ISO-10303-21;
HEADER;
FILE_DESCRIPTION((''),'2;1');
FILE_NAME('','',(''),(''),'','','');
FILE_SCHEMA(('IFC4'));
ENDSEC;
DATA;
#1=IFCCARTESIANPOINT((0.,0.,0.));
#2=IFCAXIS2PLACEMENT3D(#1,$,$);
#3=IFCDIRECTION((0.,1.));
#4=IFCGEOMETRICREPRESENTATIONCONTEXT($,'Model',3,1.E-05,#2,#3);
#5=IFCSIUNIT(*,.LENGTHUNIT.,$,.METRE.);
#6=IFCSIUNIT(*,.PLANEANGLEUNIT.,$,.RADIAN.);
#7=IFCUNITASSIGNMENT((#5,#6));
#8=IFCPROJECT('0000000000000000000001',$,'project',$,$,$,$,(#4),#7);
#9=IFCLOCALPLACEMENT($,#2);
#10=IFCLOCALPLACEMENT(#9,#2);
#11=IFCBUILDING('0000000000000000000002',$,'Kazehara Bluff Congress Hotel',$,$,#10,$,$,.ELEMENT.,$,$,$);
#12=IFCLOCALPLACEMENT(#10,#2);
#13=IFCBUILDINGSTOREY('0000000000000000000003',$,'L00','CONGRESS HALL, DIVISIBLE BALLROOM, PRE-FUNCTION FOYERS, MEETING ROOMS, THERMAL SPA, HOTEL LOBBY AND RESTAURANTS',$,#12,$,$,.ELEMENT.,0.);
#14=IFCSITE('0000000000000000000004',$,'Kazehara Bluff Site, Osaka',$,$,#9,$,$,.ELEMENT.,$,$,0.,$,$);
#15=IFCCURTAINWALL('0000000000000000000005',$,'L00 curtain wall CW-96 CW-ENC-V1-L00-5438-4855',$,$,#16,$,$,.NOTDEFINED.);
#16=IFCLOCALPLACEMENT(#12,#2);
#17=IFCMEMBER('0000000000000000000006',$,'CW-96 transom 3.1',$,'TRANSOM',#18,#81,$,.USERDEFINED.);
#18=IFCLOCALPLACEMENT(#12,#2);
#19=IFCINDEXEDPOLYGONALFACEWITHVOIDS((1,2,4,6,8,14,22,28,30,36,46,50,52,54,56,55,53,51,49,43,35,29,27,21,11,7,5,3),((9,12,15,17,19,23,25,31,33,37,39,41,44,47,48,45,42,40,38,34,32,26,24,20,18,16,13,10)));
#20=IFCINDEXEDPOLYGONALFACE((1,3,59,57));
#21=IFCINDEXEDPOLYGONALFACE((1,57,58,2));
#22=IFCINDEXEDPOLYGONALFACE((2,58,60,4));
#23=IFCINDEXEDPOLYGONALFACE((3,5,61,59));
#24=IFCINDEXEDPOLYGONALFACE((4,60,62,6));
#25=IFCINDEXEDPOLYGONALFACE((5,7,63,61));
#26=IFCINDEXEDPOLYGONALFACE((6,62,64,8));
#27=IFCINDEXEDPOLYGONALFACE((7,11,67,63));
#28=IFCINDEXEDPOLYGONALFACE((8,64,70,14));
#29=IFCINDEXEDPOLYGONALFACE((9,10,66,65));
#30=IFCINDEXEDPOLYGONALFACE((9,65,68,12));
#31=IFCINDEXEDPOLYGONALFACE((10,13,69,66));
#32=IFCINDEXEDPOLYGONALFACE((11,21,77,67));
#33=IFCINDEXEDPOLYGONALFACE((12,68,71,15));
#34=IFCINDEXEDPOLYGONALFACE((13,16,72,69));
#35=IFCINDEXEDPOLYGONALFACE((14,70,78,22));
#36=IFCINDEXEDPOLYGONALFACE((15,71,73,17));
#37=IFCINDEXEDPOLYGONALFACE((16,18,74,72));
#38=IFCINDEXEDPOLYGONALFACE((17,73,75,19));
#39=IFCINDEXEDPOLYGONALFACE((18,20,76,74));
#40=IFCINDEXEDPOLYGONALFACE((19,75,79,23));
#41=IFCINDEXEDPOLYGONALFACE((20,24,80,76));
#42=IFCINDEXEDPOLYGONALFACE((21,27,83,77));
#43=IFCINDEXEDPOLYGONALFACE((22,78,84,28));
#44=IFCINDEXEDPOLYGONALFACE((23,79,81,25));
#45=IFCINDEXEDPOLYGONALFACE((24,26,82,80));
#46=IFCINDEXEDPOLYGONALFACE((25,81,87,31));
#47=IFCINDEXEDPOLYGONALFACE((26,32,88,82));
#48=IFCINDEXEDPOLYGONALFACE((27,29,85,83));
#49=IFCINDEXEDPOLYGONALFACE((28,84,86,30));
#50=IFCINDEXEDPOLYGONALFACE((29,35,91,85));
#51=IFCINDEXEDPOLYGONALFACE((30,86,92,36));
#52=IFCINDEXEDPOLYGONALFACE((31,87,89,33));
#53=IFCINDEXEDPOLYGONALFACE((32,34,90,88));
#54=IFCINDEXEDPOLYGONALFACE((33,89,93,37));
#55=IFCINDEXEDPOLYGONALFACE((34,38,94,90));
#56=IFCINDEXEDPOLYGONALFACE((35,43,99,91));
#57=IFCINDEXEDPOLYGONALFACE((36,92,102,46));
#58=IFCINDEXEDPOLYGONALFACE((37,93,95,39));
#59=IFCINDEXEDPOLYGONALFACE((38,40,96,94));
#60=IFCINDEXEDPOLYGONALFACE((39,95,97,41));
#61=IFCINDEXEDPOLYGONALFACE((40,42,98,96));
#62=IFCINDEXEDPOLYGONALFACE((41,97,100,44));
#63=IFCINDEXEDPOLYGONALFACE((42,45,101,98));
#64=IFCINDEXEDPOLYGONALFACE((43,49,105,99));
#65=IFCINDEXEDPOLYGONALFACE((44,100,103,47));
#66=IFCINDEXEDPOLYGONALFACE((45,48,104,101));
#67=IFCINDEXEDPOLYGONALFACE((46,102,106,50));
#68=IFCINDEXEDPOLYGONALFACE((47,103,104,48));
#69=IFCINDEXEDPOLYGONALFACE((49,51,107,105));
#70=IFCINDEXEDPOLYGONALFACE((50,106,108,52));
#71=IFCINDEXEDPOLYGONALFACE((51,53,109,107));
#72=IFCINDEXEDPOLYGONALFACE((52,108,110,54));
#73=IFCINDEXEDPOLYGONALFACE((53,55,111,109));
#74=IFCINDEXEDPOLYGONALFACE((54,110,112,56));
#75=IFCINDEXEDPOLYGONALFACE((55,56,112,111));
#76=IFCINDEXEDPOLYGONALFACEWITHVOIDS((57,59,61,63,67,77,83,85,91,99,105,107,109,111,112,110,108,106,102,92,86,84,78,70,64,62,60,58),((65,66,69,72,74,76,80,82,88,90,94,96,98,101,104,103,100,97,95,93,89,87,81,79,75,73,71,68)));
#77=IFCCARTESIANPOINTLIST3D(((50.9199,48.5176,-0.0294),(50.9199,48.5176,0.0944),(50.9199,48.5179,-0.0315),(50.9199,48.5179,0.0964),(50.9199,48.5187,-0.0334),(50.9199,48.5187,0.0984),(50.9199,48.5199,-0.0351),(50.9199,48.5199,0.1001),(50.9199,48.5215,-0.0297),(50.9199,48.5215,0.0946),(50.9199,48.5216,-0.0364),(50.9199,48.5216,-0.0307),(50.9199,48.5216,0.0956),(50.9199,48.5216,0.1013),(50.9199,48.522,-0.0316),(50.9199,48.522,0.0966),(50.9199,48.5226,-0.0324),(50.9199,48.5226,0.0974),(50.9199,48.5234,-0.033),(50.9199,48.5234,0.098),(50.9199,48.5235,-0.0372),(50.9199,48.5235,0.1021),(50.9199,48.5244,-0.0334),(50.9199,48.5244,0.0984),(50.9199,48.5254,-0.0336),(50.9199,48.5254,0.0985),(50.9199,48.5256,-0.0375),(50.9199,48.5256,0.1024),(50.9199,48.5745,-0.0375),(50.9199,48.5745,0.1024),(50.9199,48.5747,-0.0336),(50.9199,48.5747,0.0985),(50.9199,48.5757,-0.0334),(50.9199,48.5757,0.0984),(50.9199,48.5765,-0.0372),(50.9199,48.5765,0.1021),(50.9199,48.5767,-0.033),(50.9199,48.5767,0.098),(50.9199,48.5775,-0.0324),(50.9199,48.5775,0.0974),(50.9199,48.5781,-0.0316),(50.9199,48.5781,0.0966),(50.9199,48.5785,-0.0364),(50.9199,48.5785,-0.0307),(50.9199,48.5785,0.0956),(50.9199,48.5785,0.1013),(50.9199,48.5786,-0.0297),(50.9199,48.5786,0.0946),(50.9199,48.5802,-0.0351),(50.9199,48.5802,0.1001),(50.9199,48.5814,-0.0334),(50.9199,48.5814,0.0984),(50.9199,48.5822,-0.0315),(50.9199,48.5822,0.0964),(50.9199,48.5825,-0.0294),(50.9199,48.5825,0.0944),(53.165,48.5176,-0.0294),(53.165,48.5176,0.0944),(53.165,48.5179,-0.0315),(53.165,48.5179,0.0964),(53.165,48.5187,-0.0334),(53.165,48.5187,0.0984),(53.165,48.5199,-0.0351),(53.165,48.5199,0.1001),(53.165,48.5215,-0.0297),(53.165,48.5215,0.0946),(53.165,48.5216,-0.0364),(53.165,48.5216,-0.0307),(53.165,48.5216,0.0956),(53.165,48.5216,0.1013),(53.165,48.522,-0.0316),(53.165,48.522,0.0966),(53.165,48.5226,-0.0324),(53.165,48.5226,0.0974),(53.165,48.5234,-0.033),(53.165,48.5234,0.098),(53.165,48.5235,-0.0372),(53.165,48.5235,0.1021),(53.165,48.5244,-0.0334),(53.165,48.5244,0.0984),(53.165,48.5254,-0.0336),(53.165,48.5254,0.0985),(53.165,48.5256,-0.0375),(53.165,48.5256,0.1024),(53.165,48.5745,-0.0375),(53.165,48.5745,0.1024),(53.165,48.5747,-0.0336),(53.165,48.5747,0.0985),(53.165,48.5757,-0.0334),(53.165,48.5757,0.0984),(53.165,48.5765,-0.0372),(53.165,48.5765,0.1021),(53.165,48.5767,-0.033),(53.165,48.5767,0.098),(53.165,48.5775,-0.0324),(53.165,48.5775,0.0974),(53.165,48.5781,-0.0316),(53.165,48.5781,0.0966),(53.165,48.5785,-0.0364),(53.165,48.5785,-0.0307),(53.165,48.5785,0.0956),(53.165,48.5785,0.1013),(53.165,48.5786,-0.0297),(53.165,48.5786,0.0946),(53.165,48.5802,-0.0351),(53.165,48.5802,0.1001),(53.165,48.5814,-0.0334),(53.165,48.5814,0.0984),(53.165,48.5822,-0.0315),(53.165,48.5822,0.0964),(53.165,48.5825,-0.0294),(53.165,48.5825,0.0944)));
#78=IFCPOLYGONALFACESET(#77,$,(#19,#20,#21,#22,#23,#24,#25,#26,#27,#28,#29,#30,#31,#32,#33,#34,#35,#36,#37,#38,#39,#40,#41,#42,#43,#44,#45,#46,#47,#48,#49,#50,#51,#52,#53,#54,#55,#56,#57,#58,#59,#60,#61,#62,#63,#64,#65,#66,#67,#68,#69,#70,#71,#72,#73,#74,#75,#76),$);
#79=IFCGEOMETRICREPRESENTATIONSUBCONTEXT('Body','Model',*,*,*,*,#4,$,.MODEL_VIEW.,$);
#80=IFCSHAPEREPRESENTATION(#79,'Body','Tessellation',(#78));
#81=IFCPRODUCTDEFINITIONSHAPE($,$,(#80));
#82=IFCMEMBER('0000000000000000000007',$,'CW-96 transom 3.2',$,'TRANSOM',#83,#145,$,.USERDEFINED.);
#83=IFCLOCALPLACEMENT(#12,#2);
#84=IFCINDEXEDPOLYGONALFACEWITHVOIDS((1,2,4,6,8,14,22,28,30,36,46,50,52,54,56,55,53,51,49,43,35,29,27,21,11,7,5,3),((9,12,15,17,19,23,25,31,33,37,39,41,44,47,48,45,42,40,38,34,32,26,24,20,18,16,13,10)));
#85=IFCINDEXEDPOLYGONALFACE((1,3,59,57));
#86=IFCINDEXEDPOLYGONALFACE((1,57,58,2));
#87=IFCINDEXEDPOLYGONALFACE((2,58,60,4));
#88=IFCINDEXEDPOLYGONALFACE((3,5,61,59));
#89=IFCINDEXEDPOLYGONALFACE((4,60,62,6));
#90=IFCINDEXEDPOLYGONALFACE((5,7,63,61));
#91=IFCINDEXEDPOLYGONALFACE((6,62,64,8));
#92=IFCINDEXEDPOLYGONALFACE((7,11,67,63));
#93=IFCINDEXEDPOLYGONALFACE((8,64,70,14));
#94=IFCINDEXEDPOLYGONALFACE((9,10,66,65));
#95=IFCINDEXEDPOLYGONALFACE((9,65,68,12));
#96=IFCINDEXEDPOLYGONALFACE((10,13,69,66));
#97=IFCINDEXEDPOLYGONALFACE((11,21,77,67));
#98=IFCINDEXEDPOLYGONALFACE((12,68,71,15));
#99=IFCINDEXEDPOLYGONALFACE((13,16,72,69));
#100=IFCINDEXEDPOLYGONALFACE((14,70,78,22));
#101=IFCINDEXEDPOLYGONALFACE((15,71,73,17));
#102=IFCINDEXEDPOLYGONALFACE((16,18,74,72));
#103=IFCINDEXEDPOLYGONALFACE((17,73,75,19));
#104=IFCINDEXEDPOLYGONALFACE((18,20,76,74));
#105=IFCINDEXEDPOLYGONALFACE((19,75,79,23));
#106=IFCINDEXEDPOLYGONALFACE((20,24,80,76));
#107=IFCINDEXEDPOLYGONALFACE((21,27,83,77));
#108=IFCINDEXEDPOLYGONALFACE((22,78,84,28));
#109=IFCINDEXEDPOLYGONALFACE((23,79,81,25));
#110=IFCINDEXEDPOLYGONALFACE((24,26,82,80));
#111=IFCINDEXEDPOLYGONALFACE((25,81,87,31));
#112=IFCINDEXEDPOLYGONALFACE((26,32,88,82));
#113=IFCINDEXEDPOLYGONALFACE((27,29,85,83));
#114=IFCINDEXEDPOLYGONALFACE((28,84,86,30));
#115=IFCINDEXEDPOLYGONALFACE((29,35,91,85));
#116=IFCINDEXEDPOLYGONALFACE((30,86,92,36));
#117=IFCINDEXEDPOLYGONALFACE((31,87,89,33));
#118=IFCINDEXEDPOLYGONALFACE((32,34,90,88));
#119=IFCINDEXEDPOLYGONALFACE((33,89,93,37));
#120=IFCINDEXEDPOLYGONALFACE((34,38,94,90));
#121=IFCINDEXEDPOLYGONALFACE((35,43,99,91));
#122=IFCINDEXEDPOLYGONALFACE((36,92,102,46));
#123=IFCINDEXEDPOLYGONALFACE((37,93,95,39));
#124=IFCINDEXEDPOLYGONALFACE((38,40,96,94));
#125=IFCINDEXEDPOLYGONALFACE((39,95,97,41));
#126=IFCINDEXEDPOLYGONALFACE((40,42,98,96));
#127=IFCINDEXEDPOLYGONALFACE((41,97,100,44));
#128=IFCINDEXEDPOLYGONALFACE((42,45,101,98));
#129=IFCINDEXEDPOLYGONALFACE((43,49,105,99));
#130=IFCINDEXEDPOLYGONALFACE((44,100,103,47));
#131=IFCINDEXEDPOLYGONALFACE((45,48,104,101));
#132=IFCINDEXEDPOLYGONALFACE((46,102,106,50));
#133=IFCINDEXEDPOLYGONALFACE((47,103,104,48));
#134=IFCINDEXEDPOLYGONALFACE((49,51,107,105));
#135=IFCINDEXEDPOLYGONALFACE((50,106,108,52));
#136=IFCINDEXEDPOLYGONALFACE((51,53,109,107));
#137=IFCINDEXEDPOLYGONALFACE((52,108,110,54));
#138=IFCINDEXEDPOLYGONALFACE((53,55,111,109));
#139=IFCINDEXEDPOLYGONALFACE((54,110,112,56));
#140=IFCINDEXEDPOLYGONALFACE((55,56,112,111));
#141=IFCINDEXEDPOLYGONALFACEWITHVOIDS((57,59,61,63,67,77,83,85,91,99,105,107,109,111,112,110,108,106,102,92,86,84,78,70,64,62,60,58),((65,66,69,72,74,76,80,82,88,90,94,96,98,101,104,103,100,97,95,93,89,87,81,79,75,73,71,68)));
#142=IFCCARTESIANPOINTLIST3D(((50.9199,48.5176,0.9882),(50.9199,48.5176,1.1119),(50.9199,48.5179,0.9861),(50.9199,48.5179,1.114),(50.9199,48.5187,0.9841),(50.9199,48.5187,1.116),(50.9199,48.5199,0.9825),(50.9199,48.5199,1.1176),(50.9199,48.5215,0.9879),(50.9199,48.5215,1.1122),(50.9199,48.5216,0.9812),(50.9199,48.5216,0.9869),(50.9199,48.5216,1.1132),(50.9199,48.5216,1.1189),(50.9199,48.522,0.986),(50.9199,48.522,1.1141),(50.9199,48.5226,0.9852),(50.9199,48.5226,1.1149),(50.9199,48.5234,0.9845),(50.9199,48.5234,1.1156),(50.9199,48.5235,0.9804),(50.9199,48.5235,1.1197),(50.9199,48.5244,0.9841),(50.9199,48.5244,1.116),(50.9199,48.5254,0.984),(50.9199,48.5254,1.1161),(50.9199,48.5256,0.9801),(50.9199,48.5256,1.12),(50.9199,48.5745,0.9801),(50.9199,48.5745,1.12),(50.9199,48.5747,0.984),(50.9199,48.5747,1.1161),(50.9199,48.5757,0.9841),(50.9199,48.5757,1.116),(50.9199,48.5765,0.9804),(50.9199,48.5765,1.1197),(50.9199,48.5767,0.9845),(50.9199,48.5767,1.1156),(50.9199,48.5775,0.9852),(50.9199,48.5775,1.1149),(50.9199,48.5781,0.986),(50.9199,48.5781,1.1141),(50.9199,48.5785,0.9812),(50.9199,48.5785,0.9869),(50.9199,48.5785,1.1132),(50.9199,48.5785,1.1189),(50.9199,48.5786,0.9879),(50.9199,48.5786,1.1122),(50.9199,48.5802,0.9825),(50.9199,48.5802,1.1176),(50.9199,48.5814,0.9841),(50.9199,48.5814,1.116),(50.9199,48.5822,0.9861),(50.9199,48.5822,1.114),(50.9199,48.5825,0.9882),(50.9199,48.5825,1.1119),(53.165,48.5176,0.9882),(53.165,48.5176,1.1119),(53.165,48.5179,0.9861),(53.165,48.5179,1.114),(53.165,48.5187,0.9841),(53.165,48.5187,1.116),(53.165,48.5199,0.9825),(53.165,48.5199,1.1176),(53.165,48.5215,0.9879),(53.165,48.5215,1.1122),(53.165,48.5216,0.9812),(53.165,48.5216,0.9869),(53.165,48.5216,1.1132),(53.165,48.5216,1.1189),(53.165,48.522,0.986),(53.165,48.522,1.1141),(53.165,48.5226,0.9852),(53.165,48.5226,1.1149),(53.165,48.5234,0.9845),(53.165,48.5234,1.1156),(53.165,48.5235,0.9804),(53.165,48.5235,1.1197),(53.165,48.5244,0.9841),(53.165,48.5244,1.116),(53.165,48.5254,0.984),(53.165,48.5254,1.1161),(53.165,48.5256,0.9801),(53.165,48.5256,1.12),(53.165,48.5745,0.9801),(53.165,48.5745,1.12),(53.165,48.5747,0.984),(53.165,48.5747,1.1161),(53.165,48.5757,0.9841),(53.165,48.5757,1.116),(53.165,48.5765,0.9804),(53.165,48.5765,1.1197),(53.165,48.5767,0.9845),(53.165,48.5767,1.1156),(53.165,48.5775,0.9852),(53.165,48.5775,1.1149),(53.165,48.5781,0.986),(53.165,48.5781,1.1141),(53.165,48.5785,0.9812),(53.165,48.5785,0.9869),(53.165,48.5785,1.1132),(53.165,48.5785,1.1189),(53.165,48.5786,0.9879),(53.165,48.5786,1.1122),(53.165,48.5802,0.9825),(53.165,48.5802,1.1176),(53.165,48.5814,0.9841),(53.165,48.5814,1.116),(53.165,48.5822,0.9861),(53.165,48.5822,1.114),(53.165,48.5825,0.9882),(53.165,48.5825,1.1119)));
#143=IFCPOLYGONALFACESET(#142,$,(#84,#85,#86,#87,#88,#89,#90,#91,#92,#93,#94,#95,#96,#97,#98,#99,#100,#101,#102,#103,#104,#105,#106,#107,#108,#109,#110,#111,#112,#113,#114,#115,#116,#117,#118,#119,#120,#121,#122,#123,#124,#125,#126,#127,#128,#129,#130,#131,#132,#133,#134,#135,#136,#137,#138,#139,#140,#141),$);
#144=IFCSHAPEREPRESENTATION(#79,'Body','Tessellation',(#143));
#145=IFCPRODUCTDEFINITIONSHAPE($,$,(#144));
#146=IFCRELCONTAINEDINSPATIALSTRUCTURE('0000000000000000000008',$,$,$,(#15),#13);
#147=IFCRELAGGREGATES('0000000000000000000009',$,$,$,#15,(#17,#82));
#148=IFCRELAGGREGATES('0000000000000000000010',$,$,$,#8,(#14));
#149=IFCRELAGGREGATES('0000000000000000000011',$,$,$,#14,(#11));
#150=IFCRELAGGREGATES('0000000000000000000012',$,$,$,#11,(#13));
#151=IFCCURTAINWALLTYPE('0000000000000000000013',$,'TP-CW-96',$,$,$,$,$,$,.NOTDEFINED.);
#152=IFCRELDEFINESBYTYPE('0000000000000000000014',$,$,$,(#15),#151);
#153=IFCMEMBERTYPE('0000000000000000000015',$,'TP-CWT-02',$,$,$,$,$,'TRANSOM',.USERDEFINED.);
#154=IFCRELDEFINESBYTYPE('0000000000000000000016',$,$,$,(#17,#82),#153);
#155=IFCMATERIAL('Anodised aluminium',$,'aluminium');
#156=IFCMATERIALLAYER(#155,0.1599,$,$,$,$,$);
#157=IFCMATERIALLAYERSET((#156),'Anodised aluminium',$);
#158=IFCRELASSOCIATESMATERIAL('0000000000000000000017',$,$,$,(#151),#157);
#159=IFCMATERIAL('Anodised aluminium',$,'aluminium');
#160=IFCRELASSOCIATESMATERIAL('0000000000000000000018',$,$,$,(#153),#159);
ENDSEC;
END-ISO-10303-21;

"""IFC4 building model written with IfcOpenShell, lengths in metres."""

from ifc_helpers import new_model, si_unit, direction, frame, origin, origin_2d, place, context, subcontext, project, spatial, hollow_rectangle, extrude, material, layer, layer_set, material_profile, profile_set, type_object, element, aggregate, save


model = new_model("IFC4")

# Units and contexts
model_context = context("Model", 3, precision=1e-05, world=origin(), true_north=direction((0.0, 1.0)))
body_context = subcontext(model_context, "Body", "Model", "MODEL_VIEW")
ifc_project = project(units=[si_unit("LENGTHUNIT", "METRE"), si_unit("PLANEANGLEUNIT", "RADIAN")], contexts=[model_context])

# Site, building, storey
site_placement = place(None, origin())
site = spatial("IfcSite", under=ifc_project, at=site_placement, Name="Kazehara Bluff Site, Osaka", CompositionType="ELEMENT", RefElevation=0.0)
building_placement = place(site_placement, origin())
building = spatial("IfcBuilding", under=site, at=building_placement, Name="Kazehara Bluff Congress Hotel", CompositionType="ELEMENT")
storey_placement = place(building_placement, origin())
storey = spatial("IfcBuildingStorey", under=building, at=storey_placement, Name="L00", Description="CONGRESS HALL, DIVISIBLE BALLROOM, PRE-FUNCTION FOYERS, MEETING ROOMS, THERMAL SPA, HOTEL LOBBY AND RESTAURANTS", CompositionType="ELEMENT", Elevation=0.0)

# Curtain wall, members
ifc_material_1 = material(Name="Anodised aluminium", Category="aluminium")
ifc_layer_1 = layer(ifc_material_1, 0.1599)
ifc_layer_set_1 = layer_set([ifc_layer_1], Name="Anodised aluminium")
curtain_wall_type = type_object("IfcCurtainWallType", Name="TP-CW-96", PredefinedType="NOTDEFINED", material=ifc_layer_set_1)
curtain_wall_placement = place(storey_placement, origin())
curtain_wall = element("IfcCurtainWall", 1, at=curtain_wall_placement, inside=storey, type_object=curtain_wall_type, Name="L00 curtain wall CW-96 CW-ENC-V1-L00-5438-4855", PredefinedType="NOTDEFINED")
ifc_material_2 = material(Name="Anodised aluminium", Category="aluminium")
ifc_material_profile_1 = material_profile(ifc_material_2, hollow_rectangle(XDim=0.0649, YDim=0.1399, WallThickness=0.0039, InnerFilletRadius=0.0039, OuterFilletRadius=0.0081, at=origin_2d()))
ifc_profile_set_1 = profile_set([ifc_material_profile_1], Name="Anodised aluminium")
member_type_1 = type_object("IfcMemberType", Name="TP-CWT-02", ElementType="TRANSOM", PredefinedType="USERDEFINED", material=ifc_profile_set_1)
member_1_placement = place(storey_placement, frame((53.165, 48.55, 0.0325), z_axis=(-1.0, 0.0, 0.0), x_axis=(0.0, -1.0, 0.0)))
member_1 = element("IfcMember", 2, at=member_1_placement, type_object=member_type_1, Name="CW-96 transom 3.1", ObjectType="TRANSOM", PredefinedType="USERDEFINED", context=body_context, shape_type="SweptSolid", body=[
    extrude(hollow_rectangle(XDim=0.0649, YDim=0.1399, WallThickness=0.0039, InnerFilletRadius=0.0039, OuterFilletRadius=0.0081, at=origin_2d()), origin(), (0.0, 0.0, 1.0), 2.2451),
])
member_2_placement = place(storey_placement, frame((53.165, 48.55, 1.05), z_axis=(-1.0, 0.0, 0.0), x_axis=(0.0, -1.0, 0.0)))
member_2 = element("IfcMember", 3, at=member_2_placement, type_object=member_type_1, Name="CW-96 transom 3.2", ObjectType="TRANSOM", PredefinedType="USERDEFINED", context=body_context, shape_type="SweptSolid", body=[
    extrude(hollow_rectangle(XDim=0.0649, YDim=0.1399, WallThickness=0.0039, InnerFilletRadius=0.0039, OuterFilletRadius=0.0081, at=origin_2d()), origin(), (0.0, 0.0, 1.0), 2.2451),
])
aggregate(curtain_wall, [member_1, member_2])

save(model, "model.ifc")
